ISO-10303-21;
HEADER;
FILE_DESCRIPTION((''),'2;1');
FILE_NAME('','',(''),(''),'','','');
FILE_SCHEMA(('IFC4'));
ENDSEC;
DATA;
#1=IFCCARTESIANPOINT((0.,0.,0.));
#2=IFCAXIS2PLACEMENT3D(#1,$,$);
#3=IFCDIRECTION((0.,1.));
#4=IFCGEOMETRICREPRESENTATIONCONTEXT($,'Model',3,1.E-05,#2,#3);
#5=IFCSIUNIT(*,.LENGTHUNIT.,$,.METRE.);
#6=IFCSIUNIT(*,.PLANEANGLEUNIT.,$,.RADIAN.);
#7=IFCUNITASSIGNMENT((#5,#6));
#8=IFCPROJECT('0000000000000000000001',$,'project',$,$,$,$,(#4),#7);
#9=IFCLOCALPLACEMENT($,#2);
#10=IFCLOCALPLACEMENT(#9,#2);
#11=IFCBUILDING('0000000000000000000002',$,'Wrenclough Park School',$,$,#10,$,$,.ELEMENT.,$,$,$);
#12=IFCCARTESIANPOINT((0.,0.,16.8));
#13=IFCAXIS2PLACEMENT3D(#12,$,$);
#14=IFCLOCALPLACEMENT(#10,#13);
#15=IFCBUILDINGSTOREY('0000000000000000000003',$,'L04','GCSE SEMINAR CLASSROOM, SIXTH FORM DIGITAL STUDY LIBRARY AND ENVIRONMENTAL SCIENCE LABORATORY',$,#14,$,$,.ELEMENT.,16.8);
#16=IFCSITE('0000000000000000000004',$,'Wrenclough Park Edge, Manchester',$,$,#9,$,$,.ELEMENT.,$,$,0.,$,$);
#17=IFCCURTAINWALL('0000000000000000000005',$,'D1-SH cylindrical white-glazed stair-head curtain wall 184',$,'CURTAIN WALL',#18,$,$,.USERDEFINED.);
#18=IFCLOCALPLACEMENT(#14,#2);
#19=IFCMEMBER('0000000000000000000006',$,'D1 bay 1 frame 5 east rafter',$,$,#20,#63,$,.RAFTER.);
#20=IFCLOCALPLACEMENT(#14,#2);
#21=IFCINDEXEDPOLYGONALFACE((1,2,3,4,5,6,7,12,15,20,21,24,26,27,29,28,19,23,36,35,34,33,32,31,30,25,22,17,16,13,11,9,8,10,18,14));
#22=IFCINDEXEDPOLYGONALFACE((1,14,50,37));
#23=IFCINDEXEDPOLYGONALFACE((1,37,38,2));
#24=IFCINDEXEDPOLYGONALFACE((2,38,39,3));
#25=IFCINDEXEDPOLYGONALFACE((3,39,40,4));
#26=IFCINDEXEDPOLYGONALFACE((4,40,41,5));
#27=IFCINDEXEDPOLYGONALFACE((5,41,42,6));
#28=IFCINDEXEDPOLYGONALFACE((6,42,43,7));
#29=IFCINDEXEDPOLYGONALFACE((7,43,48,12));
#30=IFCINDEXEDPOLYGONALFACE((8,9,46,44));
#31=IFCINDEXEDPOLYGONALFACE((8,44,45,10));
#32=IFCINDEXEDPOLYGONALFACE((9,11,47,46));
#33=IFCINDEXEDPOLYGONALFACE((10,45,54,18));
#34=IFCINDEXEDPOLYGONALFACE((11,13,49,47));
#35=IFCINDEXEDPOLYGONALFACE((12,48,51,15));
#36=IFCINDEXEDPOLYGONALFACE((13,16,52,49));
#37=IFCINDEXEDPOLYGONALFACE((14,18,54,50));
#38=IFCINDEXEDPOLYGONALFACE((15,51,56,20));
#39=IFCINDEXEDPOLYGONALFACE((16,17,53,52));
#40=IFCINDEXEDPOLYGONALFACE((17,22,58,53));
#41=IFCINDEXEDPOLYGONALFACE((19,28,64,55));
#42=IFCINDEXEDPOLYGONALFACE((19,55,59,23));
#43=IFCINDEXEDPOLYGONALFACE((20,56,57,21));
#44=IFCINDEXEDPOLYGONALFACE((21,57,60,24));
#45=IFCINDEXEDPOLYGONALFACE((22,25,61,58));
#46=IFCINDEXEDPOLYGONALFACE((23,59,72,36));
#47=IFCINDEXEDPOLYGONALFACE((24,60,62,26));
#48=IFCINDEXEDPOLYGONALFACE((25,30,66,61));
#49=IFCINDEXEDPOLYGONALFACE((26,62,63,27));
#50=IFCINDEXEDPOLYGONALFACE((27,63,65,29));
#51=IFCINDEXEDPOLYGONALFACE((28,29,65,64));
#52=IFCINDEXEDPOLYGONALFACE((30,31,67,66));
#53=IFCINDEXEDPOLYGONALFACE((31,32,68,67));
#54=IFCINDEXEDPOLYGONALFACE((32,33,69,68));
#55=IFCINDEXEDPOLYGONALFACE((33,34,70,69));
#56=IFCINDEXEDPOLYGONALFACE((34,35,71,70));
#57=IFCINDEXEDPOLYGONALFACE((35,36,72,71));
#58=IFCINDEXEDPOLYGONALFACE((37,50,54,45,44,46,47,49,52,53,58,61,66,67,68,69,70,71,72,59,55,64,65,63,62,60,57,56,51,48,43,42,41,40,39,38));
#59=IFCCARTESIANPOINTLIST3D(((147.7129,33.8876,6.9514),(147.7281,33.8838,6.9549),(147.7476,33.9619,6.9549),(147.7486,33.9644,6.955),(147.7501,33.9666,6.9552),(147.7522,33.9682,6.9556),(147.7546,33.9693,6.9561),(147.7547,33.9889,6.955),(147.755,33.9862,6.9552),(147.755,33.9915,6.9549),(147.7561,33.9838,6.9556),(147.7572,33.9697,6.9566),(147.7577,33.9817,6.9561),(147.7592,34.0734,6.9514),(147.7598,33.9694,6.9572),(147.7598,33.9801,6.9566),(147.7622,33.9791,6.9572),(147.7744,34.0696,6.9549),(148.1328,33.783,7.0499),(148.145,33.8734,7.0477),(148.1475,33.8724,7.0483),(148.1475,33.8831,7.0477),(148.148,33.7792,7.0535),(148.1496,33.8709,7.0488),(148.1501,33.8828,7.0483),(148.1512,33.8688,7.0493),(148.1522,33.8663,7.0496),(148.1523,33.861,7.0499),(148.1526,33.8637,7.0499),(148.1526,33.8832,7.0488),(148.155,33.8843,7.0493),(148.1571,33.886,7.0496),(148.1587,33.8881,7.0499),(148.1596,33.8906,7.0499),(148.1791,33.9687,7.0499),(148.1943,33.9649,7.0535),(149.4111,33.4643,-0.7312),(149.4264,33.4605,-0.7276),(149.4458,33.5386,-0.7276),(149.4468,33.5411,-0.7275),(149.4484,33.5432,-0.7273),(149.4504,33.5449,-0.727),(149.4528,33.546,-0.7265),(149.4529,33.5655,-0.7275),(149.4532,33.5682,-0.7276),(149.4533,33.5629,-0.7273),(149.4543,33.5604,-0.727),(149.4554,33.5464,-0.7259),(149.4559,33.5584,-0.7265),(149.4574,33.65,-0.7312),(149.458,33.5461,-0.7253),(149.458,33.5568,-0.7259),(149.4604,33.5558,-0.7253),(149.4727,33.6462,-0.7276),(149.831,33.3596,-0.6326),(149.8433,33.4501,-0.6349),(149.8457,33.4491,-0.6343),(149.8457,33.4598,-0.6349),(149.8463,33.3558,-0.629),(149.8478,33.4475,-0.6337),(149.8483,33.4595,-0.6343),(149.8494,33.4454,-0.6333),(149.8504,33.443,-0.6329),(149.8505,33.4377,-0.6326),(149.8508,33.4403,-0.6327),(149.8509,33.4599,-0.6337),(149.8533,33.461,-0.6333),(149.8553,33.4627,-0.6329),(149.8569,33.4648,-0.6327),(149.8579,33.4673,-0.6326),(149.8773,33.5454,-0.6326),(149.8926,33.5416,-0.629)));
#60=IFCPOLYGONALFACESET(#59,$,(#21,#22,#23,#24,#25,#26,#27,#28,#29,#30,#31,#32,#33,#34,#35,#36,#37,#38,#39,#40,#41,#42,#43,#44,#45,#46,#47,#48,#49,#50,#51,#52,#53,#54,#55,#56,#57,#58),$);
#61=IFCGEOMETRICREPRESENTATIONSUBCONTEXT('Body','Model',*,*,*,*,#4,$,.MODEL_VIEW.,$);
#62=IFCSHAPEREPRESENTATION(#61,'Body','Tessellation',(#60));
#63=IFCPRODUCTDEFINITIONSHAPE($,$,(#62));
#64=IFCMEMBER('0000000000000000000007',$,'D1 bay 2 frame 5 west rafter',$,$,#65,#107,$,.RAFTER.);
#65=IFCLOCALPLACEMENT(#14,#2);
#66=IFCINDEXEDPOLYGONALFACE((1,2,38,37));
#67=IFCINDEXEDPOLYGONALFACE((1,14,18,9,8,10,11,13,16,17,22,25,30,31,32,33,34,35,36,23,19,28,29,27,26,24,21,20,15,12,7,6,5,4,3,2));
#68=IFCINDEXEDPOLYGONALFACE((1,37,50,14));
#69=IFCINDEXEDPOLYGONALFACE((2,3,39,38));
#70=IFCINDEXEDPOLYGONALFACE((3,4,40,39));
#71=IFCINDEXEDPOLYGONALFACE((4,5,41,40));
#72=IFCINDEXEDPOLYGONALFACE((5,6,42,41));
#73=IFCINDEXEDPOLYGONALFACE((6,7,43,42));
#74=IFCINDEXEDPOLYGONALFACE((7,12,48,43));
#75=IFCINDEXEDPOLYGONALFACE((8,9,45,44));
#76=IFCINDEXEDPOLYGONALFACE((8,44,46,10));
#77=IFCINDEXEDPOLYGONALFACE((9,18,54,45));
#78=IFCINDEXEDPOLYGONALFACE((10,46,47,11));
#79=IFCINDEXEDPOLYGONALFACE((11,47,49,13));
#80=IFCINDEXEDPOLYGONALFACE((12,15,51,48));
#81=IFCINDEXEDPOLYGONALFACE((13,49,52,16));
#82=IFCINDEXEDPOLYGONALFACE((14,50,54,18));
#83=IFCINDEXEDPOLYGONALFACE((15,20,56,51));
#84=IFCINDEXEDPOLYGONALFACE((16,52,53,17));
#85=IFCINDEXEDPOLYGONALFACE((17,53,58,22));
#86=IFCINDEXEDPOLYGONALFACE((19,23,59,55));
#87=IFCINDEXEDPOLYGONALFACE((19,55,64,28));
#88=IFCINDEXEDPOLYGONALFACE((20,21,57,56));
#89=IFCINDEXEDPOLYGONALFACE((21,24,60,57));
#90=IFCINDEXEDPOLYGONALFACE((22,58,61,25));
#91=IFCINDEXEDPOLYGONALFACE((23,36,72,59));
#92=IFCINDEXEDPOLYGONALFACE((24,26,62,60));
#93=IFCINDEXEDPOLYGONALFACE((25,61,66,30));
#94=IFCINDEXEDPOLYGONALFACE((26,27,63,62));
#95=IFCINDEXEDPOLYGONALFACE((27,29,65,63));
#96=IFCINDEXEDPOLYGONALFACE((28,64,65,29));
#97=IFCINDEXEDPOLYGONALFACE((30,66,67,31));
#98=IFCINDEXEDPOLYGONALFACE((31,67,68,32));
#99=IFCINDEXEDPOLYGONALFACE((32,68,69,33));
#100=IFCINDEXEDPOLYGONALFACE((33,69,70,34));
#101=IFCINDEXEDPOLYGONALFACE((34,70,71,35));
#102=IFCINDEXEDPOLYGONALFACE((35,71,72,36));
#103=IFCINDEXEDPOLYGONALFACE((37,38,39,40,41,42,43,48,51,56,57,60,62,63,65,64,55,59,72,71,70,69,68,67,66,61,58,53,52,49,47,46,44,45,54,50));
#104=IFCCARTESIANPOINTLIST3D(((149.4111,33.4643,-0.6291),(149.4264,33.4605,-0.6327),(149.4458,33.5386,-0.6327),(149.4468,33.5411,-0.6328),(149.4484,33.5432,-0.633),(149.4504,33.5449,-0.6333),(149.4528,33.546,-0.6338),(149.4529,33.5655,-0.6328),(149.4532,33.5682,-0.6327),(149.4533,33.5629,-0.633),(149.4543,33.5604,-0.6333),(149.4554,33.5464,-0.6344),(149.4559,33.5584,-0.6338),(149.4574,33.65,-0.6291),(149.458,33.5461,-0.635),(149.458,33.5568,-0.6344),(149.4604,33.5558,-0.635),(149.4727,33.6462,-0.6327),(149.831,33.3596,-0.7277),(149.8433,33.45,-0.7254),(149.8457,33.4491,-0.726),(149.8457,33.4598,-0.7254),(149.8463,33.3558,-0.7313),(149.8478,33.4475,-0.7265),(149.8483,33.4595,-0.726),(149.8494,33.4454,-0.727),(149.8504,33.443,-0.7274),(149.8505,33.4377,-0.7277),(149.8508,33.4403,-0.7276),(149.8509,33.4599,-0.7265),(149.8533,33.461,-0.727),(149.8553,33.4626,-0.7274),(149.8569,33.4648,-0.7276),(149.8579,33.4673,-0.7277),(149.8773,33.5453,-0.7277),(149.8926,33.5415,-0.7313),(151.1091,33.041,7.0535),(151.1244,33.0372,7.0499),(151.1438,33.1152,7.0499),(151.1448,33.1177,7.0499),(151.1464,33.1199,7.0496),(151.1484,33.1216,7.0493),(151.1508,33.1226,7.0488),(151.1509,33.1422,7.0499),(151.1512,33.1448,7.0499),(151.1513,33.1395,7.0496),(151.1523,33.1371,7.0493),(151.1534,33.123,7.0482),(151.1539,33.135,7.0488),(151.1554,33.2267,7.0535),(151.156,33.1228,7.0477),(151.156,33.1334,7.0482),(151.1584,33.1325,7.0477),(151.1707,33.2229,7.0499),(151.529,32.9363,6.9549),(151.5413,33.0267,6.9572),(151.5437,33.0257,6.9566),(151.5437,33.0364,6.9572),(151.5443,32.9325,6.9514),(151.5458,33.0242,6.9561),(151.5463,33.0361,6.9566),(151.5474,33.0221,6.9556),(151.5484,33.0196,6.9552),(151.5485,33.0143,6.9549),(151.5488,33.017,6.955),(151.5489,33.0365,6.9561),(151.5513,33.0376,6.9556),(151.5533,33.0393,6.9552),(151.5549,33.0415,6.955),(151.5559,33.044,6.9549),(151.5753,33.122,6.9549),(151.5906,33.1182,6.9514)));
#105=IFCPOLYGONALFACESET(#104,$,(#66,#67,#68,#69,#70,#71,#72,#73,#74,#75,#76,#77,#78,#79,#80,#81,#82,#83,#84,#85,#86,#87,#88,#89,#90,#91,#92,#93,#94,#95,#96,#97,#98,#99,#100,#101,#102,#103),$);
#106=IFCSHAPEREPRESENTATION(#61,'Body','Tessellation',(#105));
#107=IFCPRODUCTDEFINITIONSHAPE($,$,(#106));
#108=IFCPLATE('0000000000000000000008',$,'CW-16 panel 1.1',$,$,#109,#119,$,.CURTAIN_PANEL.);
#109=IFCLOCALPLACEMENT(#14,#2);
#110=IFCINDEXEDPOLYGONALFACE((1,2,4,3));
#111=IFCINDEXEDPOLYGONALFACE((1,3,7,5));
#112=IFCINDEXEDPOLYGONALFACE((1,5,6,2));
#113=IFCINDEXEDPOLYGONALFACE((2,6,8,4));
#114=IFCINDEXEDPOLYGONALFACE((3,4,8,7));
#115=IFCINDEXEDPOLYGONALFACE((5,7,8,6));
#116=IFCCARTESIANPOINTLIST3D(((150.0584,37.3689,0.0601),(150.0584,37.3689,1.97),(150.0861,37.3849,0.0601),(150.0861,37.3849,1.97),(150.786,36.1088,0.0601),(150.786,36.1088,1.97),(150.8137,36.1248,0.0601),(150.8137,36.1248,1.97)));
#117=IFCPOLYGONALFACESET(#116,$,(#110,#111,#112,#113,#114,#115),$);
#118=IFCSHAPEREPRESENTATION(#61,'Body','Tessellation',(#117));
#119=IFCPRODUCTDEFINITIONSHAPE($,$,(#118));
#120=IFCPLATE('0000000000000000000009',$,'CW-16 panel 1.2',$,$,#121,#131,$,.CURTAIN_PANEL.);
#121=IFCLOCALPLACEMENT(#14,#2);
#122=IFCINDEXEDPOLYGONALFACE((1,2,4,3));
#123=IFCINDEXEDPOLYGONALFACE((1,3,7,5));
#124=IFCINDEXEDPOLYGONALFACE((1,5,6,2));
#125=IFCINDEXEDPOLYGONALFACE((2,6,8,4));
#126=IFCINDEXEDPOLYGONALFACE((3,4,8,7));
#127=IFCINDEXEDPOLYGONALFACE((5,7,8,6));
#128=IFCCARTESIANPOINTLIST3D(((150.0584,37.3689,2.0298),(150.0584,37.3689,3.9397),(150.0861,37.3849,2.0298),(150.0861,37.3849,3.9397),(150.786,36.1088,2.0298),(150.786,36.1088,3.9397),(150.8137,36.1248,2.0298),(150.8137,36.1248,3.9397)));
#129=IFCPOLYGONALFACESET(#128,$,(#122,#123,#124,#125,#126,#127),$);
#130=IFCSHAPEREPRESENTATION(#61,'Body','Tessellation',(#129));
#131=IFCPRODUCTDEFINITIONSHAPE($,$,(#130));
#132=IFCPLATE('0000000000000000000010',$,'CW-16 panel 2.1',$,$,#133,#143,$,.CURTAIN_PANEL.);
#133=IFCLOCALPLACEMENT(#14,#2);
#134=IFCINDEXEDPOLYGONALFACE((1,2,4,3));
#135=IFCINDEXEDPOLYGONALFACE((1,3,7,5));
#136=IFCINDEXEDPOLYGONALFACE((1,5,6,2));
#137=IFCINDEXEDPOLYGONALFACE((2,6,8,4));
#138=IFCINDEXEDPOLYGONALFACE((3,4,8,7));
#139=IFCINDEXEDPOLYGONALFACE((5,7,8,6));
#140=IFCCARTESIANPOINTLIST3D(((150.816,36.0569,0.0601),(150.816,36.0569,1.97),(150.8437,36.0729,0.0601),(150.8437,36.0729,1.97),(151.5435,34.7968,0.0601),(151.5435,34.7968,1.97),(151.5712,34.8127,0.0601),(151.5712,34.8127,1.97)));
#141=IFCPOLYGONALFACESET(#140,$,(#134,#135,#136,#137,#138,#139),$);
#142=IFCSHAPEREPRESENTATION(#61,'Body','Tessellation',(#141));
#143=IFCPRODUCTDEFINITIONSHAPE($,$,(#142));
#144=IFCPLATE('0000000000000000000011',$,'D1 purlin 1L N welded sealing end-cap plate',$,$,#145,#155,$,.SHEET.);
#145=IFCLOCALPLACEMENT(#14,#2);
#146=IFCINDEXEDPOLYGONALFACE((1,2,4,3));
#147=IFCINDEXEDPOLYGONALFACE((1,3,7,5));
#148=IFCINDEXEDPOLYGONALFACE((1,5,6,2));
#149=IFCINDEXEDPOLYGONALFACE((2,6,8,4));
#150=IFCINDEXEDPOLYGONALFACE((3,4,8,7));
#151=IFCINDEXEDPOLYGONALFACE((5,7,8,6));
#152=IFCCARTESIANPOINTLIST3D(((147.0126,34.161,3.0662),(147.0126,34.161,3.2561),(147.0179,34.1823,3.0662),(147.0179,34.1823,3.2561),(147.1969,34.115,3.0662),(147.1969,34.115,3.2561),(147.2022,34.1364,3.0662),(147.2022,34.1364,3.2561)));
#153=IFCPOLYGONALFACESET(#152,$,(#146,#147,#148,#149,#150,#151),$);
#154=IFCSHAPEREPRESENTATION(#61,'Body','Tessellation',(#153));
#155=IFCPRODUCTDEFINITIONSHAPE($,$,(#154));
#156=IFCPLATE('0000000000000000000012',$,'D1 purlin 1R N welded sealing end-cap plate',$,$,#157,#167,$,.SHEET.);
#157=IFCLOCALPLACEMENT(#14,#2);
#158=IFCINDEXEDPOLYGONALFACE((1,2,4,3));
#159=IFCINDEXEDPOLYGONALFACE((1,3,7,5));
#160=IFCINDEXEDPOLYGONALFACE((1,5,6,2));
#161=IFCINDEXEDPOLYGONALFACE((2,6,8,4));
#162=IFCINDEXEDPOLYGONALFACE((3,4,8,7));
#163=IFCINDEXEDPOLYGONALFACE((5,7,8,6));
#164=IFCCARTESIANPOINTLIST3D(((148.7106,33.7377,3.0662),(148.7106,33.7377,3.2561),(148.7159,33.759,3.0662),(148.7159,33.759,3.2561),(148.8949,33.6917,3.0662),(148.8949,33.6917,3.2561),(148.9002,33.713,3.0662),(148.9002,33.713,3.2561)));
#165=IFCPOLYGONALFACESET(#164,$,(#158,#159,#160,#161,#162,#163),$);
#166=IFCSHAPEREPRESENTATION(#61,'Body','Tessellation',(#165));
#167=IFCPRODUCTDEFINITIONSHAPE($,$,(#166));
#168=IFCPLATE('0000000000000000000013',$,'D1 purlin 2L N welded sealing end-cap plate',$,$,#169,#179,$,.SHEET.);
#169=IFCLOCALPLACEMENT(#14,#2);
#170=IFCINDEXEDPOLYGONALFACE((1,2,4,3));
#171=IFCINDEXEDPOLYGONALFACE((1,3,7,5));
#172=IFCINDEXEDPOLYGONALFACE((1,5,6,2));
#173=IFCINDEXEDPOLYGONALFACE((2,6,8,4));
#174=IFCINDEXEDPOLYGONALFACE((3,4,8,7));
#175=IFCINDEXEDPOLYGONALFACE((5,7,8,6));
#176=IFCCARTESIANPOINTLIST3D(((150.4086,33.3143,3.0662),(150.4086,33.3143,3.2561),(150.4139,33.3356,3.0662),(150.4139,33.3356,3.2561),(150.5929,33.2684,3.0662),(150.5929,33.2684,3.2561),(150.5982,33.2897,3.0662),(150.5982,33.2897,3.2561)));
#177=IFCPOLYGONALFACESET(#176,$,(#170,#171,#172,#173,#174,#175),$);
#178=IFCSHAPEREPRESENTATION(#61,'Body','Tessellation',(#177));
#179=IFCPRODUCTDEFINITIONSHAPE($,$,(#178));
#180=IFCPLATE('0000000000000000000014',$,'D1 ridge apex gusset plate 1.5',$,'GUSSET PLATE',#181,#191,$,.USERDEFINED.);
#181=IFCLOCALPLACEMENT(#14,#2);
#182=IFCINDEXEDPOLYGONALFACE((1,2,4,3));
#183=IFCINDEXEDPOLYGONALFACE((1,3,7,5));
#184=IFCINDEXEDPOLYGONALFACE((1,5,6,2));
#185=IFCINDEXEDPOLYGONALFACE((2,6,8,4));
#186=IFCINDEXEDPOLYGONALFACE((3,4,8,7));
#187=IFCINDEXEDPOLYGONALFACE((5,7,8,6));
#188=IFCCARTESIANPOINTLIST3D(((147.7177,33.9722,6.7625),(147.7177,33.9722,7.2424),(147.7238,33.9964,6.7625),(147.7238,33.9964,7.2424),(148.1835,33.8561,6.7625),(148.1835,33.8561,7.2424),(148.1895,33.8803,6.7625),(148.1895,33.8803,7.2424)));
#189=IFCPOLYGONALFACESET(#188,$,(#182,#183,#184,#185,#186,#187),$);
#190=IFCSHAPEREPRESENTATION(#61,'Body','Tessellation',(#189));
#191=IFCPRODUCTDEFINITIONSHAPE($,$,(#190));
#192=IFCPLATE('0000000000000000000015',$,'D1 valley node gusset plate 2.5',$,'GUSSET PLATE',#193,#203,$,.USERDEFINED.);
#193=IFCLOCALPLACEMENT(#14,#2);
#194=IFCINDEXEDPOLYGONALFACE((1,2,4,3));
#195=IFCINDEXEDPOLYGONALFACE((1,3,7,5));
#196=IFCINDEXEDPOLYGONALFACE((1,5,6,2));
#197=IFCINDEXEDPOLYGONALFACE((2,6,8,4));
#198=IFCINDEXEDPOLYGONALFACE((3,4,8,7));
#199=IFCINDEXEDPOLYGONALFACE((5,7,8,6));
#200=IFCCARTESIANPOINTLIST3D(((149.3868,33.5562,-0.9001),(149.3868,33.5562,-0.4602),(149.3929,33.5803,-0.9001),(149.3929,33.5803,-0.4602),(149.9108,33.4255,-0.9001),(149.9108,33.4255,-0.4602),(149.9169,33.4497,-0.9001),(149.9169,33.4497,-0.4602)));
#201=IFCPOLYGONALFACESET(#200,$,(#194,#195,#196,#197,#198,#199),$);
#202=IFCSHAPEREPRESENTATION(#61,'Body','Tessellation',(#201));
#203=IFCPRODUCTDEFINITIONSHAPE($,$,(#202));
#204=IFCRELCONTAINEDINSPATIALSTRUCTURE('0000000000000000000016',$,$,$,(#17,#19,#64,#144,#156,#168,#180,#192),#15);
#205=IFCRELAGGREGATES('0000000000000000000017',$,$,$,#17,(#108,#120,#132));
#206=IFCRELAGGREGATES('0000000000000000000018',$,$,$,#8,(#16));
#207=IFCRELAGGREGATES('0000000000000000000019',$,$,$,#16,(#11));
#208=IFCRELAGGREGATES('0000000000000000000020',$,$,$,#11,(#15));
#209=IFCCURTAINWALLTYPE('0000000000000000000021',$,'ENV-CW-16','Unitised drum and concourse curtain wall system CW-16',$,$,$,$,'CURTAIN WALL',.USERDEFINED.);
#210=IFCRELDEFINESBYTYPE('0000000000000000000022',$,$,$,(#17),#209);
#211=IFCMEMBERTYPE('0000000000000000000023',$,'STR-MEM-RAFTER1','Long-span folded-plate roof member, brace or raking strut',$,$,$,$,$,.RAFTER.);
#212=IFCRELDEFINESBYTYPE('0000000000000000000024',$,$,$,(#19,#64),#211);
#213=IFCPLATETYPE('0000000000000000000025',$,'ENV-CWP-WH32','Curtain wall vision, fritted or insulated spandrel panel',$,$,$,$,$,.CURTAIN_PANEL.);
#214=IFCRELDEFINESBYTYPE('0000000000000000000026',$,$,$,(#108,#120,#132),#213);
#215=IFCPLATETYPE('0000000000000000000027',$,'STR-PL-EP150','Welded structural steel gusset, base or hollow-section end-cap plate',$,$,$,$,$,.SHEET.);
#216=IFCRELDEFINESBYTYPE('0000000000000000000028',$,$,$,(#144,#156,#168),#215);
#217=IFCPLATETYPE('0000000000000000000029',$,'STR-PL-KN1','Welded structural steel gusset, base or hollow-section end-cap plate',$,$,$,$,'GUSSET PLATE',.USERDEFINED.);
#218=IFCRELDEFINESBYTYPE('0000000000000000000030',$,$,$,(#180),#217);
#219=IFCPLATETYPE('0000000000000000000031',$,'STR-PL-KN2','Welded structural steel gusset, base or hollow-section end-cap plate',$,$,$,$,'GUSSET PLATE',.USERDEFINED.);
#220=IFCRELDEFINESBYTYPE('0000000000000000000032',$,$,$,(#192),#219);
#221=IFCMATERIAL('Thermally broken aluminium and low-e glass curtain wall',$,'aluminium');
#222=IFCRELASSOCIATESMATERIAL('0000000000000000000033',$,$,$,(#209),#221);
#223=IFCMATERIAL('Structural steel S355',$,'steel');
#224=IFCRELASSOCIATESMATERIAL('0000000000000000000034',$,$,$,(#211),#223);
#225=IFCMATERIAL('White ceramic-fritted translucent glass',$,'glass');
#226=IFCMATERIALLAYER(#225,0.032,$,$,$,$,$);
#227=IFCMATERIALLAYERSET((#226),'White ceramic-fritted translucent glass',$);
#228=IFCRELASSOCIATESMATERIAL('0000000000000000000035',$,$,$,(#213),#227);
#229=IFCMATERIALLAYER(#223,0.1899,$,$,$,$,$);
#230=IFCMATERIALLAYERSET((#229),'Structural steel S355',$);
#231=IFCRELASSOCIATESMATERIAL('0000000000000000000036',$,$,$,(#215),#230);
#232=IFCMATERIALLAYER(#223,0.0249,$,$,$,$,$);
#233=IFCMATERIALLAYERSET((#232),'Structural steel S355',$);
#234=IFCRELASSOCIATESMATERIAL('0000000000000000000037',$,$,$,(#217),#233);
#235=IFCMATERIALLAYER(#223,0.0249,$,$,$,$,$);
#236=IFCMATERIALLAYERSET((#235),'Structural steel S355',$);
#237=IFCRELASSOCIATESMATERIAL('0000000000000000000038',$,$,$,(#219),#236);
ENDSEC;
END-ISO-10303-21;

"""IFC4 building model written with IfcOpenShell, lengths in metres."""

from ifc_helpers import new_model, si_unit, direction, frame, origin, origin_2d, place, context, subcontext, project, spatial, rectangle, i_section, extrude, material, layer, layer_set, material_profile, profile_set, type_object, element, aggregate, save


model = new_model("IFC4")

# Units and contexts
model_context = context("Model", 3, precision=1e-05, world=origin(), true_north=direction((0.0, 1.0)))
body_context = subcontext(model_context, "Body", "Model", "MODEL_VIEW")
ifc_project = project(units=[si_unit("LENGTHUNIT", "METRE"), si_unit("PLANEANGLEUNIT", "RADIAN")], contexts=[model_context])

# Site, building, storey
site_placement = place(None, origin())
site = spatial("IfcSite", under=ifc_project, at=site_placement, Name="Wrenclough Park Edge, Manchester", CompositionType="ELEMENT", RefElevation=0.0)
building_placement = place(site_placement, origin())
building = spatial("IfcBuilding", under=site, at=building_placement, Name="Wrenclough Park School", CompositionType="ELEMENT")
storey_placement = place(building_placement, frame((0.0, 0.0, 16.8)))
storey = spatial("IfcBuildingStorey", under=building, at=storey_placement, Name="L04", Description="GCSE SEMINAR CLASSROOM, SIXTH FORM DIGITAL STUDY LIBRARY AND ENVIRONMENTAL SCIENCE LABORATORY", CompositionType="ELEMENT", Elevation=16.8)

# Shared definitions
ifc_material_1 = material(Name="Structural steel S355", Category="steel")

# Curtain wall
ifc_material_2 = material(Name="Thermally broken aluminium and low-e glass curtain wall", Category="aluminium")
curtain_wall_type = type_object("IfcCurtainWallType", Name="ENV-CW-16", Description="Unitised drum and concourse curtain wall system CW-16", ElementType="CURTAIN WALL", PredefinedType="USERDEFINED", material=ifc_material_2)
curtain_wall_placement = place(storey_placement, origin())
curtain_wall = element("IfcCurtainWall", 1, at=curtain_wall_placement, inside=storey, type_object=curtain_wall_type, Name="D1-SH cylindrical white-glazed stair-head curtain wall 184", ObjectType="CURTAIN WALL", PredefinedType="USERDEFINED")

# Members
ifc_material_profile_1 = material_profile(ifc_material_1, i_section(OverallWidth=0.1914, OverallDepth=0.46, WebThickness=0.01, FlangeThickness=0.0161, FilletRadius=0.0103, at=origin_2d()), Name="UKB 457x191x82")
ifc_profile_set_1 = profile_set([ifc_material_profile_1], Name="Structural steel S355")
member_type_1 = type_object("IfcMemberType", Name="STR-MEM-RAFTER1", Description="Long-span folded-plate roof member, brace or raking strut", PredefinedType="RAFTER", material=ifc_profile_set_1)
for number, where, z_axis, x_axis, name in (
    (2, (147.9536, 33.9263, 7.0024), (0.215528, -0.053727, -0.975019), (0.241879, 0.970306, 0.0), "D1 bay 1 frame 5 east rafter"),
    (3, (149.6519, 33.5029, -0.6802), (0.215498, -0.053727, 0.975025), (0.241912, 0.970298, 0.0), "D1 bay 2 frame 5 west rafter"),
):
    element("IfcMember", number, at=place(storey_placement, frame(where, z_axis=z_axis, x_axis=x_axis)), inside=storey, type_object=member_type_1, Name=name, PredefinedType="RAFTER", context=body_context, shape_type="SweptSolid", body=[
        extrude(i_section(OverallWidth=0.1914, OverallDepth=0.46, WebThickness=0.01, FlangeThickness=0.0161, FilletRadius=0.0103, at=origin_2d()), origin(), (0.0, 0.0, 1.0), 7.8794),
    ])

# Plates
ifc_material_3 = material(Name="White ceramic-fritted translucent glass", Category="glass")
ifc_layer_1 = layer(ifc_material_3, 0.032)
ifc_layer_set_1 = layer_set([ifc_layer_1], Name="White ceramic-fritted translucent glass")
plate_type_1 = type_object("IfcPlateType", Name="ENV-CWP-WH32", Description="Curtain wall vision, fritted or insulated spandrel panel", PredefinedType="CURTAIN_PANEL", material=ifc_layer_set_1)
plate_1_placement = place(storey_placement, frame((150.436, 36.7468, 0.0601), z_axis=(0.0, 0.0, 1.0), x_axis=(0.500003, -0.866024, 0.0)))
plate_1 = element("IfcPlate", 4, at=plate_1_placement, type_object=plate_type_1, Name="CW-16 panel 1.1", PredefinedType="CURTAIN_PANEL", context=body_context, shape_type="SweptSolid", body=[
    extrude(rectangle(XDim=1.4551, YDim=0.032, at=origin_2d()), origin(), (0.0, 0.0, 1.0), 1.9099),
])
plate_2_placement = place(storey_placement, frame((150.436, 36.7468, 2.0298), z_axis=(0.0, 0.0, 1.0), x_axis=(0.500003, -0.866024, 0.0)))
plate_2 = element("IfcPlate", 5, at=plate_2_placement, type_object=plate_type_1, Name="CW-16 panel 1.2", PredefinedType="CURTAIN_PANEL", context=body_context, shape_type="SweptSolid", body=[
    extrude(rectangle(XDim=1.4551, YDim=0.032, at=origin_2d()), origin(), (0.0, 0.0, 1.0), 1.9099),
])
plate_3_placement = place(storey_placement, frame((151.1936, 35.4348, 0.0601), z_axis=(0.0, 0.0, 1.0), x_axis=(0.500003, -0.866024, 0.0)))
plate_3 = element("IfcPlate", 6, at=plate_3_placement, type_object=plate_type_1, Name="CW-16 panel 2.1", PredefinedType="CURTAIN_PANEL", context=body_context, shape_type="SweptSolid", body=[
    extrude(rectangle(XDim=1.4551, YDim=0.032, at=origin_2d()), origin(), (0.0, 0.0, 1.0), 1.9099),
])
aggregate(curtain_wall, [plate_1, plate_2, plate_3])

# Plates
ifc_layer_2 = layer(ifc_material_1, 0.1899)
ifc_layer_set_2 = layer_set([ifc_layer_2], Name="Structural steel S355")
plate_type_2 = type_object("IfcPlateType", Name="STR-PL-EP150", Description="Welded structural steel gusset, base or hollow-section end-cap plate", PredefinedType="SHEET", material=ifc_layer_set_2)
for number, where, z_axis, x_axis, name in (
    (7, (147.1074, 34.1487, 3.0662), (0.0, 0.0, 1.0), (0.241922, 0.970296, 0.0), "D1 purlin 1L N welded sealing end-cap plate"),
    (8, (148.8054, 33.7253, 3.0662), (0.0, 0.0, 1.0), (0.241922, 0.970296, 0.0), "D1 purlin 1R N welded sealing end-cap plate"),
    (9, (150.5034, 33.302, 3.0662), (0.0, 0.0, 1.0), (0.241922, 0.970296, 0.0), "D1 purlin 2L N welded sealing end-cap plate"),
):
    element("IfcPlate", number, at=place(storey_placement, frame(where, z_axis=z_axis, x_axis=x_axis)), inside=storey, type_object=plate_type_2, Name=name, PredefinedType="SHEET", context=body_context, shape_type="SweptSolid", body=[
        extrude(rectangle(XDim=0.022, YDim=0.1899, at=origin_2d()), origin(), (0.0, 0.0, 1.0), 0.1899),
    ])
ifc_layer_3 = layer(ifc_material_1, 0.0249)
ifc_layer_set_3 = layer_set([ifc_layer_3], Name="Structural steel S355")
plate_type_3 = type_object("IfcPlateType", Name="STR-PL-KN1", Description="Welded structural steel gusset, base or hollow-section end-cap plate", ElementType="GUSSET PLATE", PredefinedType="USERDEFINED", material=ifc_layer_set_3)
plate_4_placement = place(storey_placement, frame((147.9536, 33.9263, 6.7625), z_axis=(0.0, 0.0, 1.0), x_axis=(0.970296, -0.241922, 0.0)))
element("IfcPlate", 10, at=plate_4_placement, inside=storey, type_object=plate_type_3, Name="D1 ridge apex gusset plate 1.5", ObjectType="GUSSET PLATE", PredefinedType="USERDEFINED", context=body_context, shape_type="SweptSolid", body=[
    extrude(rectangle(XDim=0.48, YDim=0.0249, at=origin_2d()), origin(), (0.0, 0.0, 1.0), 0.48),
])
ifc_layer_4 = layer(ifc_material_1, 0.0249)
ifc_layer_set_4 = layer_set([ifc_layer_4], Name="Structural steel S355")
plate_type_4 = type_object("IfcPlateType", Name="STR-PL-KN2", Description="Welded structural steel gusset, base or hollow-section end-cap plate", ElementType="GUSSET PLATE", PredefinedType="USERDEFINED", material=ifc_layer_set_4)
plate_5_placement = place(storey_placement, frame((149.6519, 33.5029, -0.9001), z_axis=(0.0, 0.0, 1.0), x_axis=(0.970296, -0.241922, 0.0)))
element("IfcPlate", 11, at=plate_5_placement, inside=storey, type_object=plate_type_4, Name="D1 valley node gusset plate 2.5", ObjectType="GUSSET PLATE", PredefinedType="USERDEFINED", context=body_context, shape_type="SweptSolid", body=[
    extrude(rectangle(XDim=0.54, YDim=0.0249, at=origin_2d()), origin(), (0.0, 0.0, 1.0), 0.4399),
])

save(model, "model.ifc")
